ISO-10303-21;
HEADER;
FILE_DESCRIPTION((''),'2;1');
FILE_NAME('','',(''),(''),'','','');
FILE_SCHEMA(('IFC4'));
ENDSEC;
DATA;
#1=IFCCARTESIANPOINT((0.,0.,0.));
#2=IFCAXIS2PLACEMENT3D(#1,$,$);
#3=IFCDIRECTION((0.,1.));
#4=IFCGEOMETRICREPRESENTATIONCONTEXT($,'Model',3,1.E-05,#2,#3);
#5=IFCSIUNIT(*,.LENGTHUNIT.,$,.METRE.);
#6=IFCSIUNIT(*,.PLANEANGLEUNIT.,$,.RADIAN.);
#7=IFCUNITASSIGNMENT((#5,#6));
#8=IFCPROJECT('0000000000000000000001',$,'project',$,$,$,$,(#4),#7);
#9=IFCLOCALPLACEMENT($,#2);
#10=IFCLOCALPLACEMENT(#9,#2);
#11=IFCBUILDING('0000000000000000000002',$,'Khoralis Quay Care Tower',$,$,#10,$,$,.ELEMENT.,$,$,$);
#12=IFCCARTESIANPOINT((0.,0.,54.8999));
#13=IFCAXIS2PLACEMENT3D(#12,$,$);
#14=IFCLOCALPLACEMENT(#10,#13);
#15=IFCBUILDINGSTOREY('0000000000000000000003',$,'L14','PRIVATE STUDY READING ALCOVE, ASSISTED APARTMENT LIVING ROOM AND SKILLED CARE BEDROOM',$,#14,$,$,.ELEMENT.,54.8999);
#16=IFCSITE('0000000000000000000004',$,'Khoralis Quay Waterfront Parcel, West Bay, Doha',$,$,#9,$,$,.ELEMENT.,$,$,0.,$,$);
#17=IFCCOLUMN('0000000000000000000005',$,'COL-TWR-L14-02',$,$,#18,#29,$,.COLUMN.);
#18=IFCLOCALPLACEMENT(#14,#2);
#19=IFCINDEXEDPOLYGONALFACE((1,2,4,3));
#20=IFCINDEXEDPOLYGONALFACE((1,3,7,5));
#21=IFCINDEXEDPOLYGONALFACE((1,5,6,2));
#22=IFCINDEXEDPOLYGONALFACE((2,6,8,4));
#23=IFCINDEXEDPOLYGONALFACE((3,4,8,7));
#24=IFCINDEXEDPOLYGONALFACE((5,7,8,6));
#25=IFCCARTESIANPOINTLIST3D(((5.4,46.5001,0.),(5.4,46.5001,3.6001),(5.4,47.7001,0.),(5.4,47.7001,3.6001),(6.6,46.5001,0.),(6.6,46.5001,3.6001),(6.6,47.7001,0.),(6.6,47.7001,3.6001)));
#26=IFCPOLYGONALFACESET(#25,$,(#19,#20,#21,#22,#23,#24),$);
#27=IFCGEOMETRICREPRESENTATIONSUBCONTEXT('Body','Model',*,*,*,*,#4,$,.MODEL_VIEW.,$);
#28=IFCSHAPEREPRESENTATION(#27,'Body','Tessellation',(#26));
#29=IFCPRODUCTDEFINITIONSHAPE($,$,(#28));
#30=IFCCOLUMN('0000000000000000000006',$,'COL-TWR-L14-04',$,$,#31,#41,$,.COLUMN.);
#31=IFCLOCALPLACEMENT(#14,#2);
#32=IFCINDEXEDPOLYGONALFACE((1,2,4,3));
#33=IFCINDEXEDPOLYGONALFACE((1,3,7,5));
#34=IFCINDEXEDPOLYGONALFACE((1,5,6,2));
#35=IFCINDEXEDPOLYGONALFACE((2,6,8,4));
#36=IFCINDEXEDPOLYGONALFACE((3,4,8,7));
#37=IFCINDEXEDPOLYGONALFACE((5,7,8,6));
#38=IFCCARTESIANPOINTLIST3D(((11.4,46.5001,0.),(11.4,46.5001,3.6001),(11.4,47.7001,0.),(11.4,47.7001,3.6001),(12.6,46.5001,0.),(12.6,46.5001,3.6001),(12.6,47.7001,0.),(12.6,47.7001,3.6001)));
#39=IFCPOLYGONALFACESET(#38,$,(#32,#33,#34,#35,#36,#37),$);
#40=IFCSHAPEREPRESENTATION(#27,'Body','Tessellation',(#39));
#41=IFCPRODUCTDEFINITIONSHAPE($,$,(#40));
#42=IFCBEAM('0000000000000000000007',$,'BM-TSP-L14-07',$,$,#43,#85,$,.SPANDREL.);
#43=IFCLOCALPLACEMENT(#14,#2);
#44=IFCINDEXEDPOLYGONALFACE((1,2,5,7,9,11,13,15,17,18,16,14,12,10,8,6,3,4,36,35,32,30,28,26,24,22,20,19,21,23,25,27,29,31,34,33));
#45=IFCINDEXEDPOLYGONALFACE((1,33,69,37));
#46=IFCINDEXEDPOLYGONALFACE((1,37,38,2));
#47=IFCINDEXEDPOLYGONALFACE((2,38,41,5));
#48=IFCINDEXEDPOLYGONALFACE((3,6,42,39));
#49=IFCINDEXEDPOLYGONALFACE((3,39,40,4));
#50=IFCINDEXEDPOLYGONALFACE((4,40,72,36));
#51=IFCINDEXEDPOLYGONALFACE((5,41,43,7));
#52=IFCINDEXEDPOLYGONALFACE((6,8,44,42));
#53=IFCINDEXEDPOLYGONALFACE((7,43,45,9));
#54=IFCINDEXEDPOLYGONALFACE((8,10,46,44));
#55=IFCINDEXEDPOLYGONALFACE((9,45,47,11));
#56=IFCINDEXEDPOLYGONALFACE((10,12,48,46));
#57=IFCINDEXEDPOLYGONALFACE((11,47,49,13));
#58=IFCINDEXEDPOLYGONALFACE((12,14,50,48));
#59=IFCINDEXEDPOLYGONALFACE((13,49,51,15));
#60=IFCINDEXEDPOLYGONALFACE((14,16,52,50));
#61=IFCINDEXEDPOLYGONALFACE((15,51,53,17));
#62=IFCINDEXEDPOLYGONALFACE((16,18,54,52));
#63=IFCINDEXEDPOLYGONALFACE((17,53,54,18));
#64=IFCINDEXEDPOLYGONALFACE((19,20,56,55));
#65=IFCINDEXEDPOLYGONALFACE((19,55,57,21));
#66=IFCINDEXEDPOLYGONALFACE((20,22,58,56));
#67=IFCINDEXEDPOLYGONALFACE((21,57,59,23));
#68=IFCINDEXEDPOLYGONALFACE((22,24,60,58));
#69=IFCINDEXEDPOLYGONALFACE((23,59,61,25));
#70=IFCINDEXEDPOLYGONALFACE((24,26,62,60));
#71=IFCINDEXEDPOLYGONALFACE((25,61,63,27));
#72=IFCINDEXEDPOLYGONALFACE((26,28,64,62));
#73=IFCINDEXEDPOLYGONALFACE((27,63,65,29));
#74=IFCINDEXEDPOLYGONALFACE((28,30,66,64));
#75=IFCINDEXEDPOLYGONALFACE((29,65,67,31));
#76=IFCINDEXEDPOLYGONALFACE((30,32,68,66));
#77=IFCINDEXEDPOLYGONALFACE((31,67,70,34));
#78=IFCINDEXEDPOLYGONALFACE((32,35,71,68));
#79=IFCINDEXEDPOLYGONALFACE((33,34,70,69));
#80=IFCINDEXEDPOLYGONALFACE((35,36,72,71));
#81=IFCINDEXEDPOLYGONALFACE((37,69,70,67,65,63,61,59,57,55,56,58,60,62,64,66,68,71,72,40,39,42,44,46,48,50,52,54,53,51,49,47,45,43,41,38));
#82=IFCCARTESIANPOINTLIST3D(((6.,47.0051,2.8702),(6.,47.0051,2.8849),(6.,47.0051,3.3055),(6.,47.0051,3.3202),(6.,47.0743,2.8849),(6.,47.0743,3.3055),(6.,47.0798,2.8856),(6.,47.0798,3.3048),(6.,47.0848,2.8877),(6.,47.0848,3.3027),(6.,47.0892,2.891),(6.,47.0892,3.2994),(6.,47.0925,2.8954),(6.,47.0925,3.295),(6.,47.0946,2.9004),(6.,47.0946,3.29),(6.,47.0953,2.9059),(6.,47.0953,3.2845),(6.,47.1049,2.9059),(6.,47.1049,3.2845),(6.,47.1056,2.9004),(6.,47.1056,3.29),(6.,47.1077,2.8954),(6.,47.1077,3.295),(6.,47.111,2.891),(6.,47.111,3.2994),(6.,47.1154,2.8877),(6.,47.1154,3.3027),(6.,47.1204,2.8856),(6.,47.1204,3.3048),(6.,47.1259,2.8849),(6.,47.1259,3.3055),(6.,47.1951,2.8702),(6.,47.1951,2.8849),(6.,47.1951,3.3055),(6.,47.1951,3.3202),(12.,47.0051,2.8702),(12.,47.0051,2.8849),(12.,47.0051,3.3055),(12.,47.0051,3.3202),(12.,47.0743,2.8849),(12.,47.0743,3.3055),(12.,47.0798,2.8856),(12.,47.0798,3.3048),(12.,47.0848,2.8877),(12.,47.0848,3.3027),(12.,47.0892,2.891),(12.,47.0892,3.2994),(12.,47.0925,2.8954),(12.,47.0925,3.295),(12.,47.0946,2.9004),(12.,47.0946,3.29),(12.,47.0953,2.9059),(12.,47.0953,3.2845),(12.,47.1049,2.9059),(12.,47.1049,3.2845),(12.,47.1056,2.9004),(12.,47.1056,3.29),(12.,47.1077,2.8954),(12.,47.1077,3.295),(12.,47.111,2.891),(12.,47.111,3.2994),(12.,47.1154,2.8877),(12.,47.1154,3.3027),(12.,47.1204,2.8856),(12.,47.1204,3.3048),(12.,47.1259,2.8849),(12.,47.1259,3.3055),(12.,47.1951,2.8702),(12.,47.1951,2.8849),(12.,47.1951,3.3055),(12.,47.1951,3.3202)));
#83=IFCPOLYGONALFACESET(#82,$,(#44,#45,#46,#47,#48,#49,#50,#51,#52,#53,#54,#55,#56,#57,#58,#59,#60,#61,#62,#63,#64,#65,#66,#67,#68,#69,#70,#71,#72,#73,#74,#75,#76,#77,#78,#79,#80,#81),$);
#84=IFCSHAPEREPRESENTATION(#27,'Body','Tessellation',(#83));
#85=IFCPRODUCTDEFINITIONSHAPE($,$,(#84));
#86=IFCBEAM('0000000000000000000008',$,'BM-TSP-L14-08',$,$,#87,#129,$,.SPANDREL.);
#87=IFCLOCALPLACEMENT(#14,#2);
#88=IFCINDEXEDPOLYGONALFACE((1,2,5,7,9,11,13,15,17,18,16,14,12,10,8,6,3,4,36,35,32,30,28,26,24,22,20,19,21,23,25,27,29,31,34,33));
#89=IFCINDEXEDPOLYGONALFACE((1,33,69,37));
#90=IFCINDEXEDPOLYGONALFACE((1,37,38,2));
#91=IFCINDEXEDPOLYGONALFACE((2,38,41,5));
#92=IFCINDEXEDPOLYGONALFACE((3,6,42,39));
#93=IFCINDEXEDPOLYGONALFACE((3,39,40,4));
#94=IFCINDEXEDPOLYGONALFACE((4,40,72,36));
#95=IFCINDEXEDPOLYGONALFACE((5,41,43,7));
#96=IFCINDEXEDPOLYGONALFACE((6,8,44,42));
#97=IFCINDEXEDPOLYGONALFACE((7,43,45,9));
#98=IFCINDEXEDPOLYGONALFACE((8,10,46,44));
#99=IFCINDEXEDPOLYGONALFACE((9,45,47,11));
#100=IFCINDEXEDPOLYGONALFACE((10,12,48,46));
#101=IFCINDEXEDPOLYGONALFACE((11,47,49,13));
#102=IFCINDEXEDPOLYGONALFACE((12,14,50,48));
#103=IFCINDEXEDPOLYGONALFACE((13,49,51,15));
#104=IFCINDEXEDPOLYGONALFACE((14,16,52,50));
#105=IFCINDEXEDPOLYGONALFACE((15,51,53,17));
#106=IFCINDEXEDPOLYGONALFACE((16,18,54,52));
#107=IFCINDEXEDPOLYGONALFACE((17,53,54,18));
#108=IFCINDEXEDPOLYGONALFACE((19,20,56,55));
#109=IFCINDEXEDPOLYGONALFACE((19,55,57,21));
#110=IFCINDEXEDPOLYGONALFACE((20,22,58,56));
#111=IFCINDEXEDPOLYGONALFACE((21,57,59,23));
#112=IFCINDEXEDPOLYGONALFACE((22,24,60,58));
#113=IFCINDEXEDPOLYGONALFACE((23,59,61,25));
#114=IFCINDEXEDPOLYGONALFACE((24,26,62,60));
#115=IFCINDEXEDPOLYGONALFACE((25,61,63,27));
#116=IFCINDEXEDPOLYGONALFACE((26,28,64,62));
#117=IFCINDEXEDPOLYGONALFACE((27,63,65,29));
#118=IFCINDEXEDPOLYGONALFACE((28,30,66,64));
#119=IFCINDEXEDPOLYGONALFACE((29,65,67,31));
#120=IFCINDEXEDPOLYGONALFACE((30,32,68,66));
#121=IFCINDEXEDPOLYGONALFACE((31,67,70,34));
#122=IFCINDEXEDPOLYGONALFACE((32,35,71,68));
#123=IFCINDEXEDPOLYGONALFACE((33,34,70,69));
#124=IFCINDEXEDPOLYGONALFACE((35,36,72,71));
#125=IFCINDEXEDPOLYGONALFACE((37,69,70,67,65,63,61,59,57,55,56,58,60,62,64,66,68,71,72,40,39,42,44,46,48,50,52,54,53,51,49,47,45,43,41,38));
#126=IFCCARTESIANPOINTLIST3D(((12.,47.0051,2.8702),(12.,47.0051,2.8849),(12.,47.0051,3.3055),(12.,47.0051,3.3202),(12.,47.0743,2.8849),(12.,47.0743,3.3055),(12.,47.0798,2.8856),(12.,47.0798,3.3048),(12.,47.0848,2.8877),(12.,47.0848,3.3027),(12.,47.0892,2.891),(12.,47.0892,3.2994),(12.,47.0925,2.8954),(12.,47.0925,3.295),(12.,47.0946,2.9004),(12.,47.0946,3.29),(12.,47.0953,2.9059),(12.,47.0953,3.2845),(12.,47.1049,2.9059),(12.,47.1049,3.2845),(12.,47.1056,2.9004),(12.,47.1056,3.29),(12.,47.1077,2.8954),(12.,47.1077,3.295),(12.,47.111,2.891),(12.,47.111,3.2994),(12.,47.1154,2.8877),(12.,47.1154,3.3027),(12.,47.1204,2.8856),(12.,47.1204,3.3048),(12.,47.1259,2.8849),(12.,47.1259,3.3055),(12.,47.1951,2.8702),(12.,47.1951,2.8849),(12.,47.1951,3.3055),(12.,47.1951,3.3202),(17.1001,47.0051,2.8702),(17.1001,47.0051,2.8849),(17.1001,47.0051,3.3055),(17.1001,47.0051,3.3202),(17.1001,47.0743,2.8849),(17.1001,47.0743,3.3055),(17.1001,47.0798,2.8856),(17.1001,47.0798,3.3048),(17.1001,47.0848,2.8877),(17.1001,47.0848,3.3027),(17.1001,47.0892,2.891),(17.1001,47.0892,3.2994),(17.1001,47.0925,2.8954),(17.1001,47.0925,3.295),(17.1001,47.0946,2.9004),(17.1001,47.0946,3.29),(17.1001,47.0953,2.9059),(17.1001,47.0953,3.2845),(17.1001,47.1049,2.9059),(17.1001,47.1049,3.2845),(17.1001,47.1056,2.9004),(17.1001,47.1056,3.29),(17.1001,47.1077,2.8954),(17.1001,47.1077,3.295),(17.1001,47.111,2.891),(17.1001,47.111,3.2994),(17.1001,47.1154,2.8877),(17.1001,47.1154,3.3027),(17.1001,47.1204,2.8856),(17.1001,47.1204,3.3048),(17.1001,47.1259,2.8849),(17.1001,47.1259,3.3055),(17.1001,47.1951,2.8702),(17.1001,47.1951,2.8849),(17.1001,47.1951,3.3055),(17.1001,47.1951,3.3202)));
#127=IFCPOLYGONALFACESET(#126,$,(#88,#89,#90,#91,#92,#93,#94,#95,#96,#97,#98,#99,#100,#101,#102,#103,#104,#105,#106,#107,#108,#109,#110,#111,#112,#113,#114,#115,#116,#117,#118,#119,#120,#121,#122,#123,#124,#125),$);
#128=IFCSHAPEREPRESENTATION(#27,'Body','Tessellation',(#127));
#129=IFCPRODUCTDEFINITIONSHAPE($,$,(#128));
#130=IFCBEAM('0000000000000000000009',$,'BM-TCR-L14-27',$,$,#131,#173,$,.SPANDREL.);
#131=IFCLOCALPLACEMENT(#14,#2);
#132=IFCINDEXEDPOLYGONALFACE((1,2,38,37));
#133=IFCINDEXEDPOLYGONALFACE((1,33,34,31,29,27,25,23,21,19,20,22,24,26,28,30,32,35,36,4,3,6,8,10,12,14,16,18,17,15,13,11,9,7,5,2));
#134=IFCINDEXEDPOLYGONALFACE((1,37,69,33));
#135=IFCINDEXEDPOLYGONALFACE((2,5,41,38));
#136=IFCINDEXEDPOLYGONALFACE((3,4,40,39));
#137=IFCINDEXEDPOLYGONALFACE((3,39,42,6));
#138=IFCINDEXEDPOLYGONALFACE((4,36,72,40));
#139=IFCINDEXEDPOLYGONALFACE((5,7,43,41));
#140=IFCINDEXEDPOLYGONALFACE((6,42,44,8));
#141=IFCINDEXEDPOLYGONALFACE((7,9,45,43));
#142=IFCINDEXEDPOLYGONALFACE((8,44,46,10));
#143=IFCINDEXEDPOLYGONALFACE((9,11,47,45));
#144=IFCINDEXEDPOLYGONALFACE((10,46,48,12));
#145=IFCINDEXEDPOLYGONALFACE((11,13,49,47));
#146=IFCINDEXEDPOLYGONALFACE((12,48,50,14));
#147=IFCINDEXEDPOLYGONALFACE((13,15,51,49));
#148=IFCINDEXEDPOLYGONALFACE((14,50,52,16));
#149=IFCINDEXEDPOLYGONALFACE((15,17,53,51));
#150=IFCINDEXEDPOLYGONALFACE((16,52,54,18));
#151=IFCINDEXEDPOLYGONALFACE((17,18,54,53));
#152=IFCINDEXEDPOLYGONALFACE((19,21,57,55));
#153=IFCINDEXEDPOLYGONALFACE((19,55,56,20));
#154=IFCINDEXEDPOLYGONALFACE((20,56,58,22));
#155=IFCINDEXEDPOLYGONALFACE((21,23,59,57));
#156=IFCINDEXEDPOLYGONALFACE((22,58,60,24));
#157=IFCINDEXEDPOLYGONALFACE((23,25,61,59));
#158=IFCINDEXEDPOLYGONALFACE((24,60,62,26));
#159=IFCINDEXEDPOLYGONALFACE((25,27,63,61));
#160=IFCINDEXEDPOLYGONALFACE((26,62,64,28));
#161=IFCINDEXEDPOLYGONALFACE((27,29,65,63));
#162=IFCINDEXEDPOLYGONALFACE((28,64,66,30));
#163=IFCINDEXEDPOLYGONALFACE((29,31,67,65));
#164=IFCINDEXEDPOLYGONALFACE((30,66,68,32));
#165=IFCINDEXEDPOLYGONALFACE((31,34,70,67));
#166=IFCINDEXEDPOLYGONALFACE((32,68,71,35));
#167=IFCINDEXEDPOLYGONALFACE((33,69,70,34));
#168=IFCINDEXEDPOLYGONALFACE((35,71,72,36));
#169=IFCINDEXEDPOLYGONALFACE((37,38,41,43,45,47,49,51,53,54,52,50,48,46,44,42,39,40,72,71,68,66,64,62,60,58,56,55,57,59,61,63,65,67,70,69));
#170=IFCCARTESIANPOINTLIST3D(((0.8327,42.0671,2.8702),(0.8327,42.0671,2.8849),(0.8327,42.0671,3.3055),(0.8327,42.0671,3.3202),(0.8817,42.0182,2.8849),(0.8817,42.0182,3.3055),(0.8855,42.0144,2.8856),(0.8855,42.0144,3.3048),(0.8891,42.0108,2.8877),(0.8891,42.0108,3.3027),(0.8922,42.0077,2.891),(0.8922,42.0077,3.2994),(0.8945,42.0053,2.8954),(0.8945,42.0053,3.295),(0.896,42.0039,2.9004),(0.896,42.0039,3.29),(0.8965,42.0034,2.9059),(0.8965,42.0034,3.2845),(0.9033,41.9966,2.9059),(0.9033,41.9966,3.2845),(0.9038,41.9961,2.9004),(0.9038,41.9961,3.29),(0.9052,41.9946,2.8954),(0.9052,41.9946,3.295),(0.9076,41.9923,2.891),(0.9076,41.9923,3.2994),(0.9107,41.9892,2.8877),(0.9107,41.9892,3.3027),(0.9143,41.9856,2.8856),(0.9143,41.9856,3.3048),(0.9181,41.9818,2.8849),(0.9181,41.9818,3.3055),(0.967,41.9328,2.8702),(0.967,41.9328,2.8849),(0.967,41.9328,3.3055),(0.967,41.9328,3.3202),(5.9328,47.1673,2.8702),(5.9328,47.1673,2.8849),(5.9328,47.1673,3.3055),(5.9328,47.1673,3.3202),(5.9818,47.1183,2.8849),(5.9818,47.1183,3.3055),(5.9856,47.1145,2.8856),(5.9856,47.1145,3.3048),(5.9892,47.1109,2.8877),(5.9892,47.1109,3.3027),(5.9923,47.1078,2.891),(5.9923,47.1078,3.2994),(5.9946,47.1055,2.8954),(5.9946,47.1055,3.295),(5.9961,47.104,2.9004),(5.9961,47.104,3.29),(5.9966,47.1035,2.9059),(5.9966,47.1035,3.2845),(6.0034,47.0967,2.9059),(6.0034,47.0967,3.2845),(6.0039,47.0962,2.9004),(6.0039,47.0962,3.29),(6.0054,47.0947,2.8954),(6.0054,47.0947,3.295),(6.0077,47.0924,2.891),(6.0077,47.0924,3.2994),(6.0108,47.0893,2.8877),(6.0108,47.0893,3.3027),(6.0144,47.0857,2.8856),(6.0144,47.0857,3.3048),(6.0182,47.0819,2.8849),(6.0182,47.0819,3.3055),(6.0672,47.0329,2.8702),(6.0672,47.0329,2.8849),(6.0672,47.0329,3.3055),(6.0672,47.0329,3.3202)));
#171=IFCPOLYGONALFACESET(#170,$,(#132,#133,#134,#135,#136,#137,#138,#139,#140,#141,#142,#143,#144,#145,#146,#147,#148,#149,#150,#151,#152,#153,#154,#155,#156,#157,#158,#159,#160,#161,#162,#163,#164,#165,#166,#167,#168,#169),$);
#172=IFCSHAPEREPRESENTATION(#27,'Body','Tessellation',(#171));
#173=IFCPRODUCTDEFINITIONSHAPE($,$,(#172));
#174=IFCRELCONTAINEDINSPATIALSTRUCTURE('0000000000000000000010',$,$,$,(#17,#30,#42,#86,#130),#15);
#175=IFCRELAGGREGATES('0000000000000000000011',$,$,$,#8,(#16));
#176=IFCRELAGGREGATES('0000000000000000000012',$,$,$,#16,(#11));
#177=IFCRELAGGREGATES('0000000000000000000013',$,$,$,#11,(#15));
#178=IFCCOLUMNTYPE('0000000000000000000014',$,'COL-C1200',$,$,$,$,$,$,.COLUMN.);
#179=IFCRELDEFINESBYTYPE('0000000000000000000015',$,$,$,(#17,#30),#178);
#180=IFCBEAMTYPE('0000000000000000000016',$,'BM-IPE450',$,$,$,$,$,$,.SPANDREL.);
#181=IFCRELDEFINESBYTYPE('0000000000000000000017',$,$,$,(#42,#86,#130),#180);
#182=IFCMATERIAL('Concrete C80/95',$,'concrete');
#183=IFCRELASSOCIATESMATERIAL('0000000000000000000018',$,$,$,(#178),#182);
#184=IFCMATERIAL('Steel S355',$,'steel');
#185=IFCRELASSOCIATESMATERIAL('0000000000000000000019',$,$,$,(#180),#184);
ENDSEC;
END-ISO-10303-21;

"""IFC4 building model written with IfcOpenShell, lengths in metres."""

from ifc_helpers import new_model, si_unit, direction, frame, origin, origin_2d, place, context, subcontext, project, spatial, rectangle, i_section, extrude, source, transform, mapped, material, material_profile, profile_set, type_object, element, save


model = new_model("IFC4")

# Units and contexts
model_context = context("Model", 3, precision=1e-05, world=origin(), true_north=direction((0.0, 1.0)))
body_context = subcontext(model_context, "Body", "Model", "MODEL_VIEW")
ifc_project = project(units=[si_unit("LENGTHUNIT", "METRE"), si_unit("PLANEANGLEUNIT", "RADIAN")], contexts=[model_context])

# Site, building, storey
site_placement = place(None, origin())
site = spatial("IfcSite", under=ifc_project, at=site_placement, Name="Khoralis Quay Waterfront Parcel, West Bay, Doha", CompositionType="ELEMENT", RefElevation=0.0)
building_placement = place(site_placement, origin())
building = spatial("IfcBuilding", under=site, at=building_placement, Name="Khoralis Quay Care Tower", CompositionType="ELEMENT")
storey_placement = place(building_placement, frame((0.0, 0.0, 54.8999)))
storey = spatial("IfcBuildingStorey", under=building, at=storey_placement, Name="L14", Description="PRIVATE STUDY READING ALCOVE, ASSISTED APARTMENT LIVING ROOM AND SKILLED CARE BEDROOM", CompositionType="ELEMENT", Elevation=54.8999)

# Columns
ifc_material_1 = material(Name="Concrete C80/95", Category="concrete")
ifc_material_profile_1 = material_profile(ifc_material_1, rectangle(XDim=1.2, YDim=1.2, at=origin_2d()), Name="Concrete C80/95")
ifc_profile_set_1 = profile_set([ifc_material_profile_1], Name="Concrete C80/95")
column_type = type_object("IfcColumnType", Name="COL-C1200", PredefinedType="COLUMN", material=ifc_profile_set_1)
shared_shape_1 = source(origin(), body_context, "Body", "SweptSolid", [
    extrude(rectangle(XDim=1.2, YDim=1.2, at=origin_2d()), origin(), (0.0, 0.0, 1.0), 3.6001),
])
for number, where, z_axis, x_axis, name in (
    (1, (6.0, 47.1001, 0.0), (0.0, 0.0, 1.0), (1.0, 0.0, 0.0), "COL-TWR-L14-02"),
    (2, (12.0, 47.1001, 0.0), (0.0, 0.0, 1.0), (1.0, 0.0, 0.0), "COL-TWR-L14-04"),
):
    element("IfcColumn", number, at=place(storey_placement, frame(where, z_axis=z_axis, x_axis=x_axis)), inside=storey, type_object=column_type, Name=name, PredefinedType="COLUMN", context=body_context, shape_type="MappedRepresentation", body=[
        mapped(shared_shape_1, transform((0.0, 0.0, 0.0), scale=1.0)),
    ])

# Beams
ifc_material_2 = material(Name="Steel S355", Category="steel")
ifc_material_profile_2 = material_profile(ifc_material_2, i_section(OverallWidth=0.1899, OverallDepth=0.45, WebThickness=0.0095, FlangeThickness=0.0146, FilletRadius=0.021, at=origin_2d()), Name="Steel S355")
ifc_profile_set_2 = profile_set([ifc_material_profile_2], Name="Steel S355")
beam_type_1 = type_object("IfcBeamType", Name="BM-IPE450", PredefinedType="SPANDREL", material=ifc_profile_set_2)
shared_shape_2 = source(origin(), body_context, "Body", "SweptSolid", [
    extrude(i_section(OverallWidth=0.1899, OverallDepth=0.45, WebThickness=0.0095, FlangeThickness=0.0146, FilletRadius=0.021, at=origin_2d()), origin(), (0.0, 0.0, 1.0), 6.0),
])
beam_1_placement = place(storey_placement, frame((6.0, 47.1001, 3.0952), z_axis=(1.0, 0.0, 0.0), x_axis=(0.0, 1.0, 0.0)))
element("IfcBeam", 3, at=beam_1_placement, inside=storey, type_object=beam_type_1, Name="BM-TSP-L14-07", PredefinedType="SPANDREL", context=body_context, shape_type="MappedRepresentation", body=[
    mapped(shared_shape_2, transform((0.0, 0.0, 0.0), scale=1.0)),
])
shared_shape_3 = source(origin(), body_context, "Body", "SweptSolid", [
    extrude(i_section(OverallWidth=0.1899, OverallDepth=0.45, WebThickness=0.0095, FlangeThickness=0.0146, FilletRadius=0.021, at=origin_2d()), origin(), (0.0, 0.0, 1.0), 5.1001),
])
beam_2_placement = place(storey_placement, frame((12.0, 47.1001, 3.0952), z_axis=(1.0, 0.0, 0.0), x_axis=(0.0, 1.0, 0.0)))
element("IfcBeam", 4, at=beam_2_placement, inside=storey, type_object=beam_type_1, Name="BM-TSP-L14-08", PredefinedType="SPANDREL", context=body_context, shape_type="MappedRepresentation", body=[
    mapped(shared_shape_3, transform((0.0, 0.0, 0.0), scale=1.0)),
])
shared_shape_4 = source(origin(), body_context, "Body", "SweptSolid", [
    extrude(i_section(OverallWidth=0.1899, OverallDepth=0.45, WebThickness=0.0095, FlangeThickness=0.0146, FilletRadius=0.021, at=origin_2d()), origin(), (0.0, 0.0, 1.0), 7.2126),
])
beam_3_placement = place(storey_placement, frame((6.0, 47.1001, 3.0952), z_axis=(-0.707107, -0.707107, 0.0), x_axis=(0.707107, -0.707107, 0.0)))
element("IfcBeam", 5, at=beam_3_placement, inside=storey, type_object=beam_type_1, Name="BM-TCR-L14-27", PredefinedType="SPANDREL", context=body_context, shape_type="MappedRepresentation", body=[
    mapped(shared_shape_4, transform((0.0, 0.0, 0.0), scale=1.0)),
])

save(model, "model.ifc")
